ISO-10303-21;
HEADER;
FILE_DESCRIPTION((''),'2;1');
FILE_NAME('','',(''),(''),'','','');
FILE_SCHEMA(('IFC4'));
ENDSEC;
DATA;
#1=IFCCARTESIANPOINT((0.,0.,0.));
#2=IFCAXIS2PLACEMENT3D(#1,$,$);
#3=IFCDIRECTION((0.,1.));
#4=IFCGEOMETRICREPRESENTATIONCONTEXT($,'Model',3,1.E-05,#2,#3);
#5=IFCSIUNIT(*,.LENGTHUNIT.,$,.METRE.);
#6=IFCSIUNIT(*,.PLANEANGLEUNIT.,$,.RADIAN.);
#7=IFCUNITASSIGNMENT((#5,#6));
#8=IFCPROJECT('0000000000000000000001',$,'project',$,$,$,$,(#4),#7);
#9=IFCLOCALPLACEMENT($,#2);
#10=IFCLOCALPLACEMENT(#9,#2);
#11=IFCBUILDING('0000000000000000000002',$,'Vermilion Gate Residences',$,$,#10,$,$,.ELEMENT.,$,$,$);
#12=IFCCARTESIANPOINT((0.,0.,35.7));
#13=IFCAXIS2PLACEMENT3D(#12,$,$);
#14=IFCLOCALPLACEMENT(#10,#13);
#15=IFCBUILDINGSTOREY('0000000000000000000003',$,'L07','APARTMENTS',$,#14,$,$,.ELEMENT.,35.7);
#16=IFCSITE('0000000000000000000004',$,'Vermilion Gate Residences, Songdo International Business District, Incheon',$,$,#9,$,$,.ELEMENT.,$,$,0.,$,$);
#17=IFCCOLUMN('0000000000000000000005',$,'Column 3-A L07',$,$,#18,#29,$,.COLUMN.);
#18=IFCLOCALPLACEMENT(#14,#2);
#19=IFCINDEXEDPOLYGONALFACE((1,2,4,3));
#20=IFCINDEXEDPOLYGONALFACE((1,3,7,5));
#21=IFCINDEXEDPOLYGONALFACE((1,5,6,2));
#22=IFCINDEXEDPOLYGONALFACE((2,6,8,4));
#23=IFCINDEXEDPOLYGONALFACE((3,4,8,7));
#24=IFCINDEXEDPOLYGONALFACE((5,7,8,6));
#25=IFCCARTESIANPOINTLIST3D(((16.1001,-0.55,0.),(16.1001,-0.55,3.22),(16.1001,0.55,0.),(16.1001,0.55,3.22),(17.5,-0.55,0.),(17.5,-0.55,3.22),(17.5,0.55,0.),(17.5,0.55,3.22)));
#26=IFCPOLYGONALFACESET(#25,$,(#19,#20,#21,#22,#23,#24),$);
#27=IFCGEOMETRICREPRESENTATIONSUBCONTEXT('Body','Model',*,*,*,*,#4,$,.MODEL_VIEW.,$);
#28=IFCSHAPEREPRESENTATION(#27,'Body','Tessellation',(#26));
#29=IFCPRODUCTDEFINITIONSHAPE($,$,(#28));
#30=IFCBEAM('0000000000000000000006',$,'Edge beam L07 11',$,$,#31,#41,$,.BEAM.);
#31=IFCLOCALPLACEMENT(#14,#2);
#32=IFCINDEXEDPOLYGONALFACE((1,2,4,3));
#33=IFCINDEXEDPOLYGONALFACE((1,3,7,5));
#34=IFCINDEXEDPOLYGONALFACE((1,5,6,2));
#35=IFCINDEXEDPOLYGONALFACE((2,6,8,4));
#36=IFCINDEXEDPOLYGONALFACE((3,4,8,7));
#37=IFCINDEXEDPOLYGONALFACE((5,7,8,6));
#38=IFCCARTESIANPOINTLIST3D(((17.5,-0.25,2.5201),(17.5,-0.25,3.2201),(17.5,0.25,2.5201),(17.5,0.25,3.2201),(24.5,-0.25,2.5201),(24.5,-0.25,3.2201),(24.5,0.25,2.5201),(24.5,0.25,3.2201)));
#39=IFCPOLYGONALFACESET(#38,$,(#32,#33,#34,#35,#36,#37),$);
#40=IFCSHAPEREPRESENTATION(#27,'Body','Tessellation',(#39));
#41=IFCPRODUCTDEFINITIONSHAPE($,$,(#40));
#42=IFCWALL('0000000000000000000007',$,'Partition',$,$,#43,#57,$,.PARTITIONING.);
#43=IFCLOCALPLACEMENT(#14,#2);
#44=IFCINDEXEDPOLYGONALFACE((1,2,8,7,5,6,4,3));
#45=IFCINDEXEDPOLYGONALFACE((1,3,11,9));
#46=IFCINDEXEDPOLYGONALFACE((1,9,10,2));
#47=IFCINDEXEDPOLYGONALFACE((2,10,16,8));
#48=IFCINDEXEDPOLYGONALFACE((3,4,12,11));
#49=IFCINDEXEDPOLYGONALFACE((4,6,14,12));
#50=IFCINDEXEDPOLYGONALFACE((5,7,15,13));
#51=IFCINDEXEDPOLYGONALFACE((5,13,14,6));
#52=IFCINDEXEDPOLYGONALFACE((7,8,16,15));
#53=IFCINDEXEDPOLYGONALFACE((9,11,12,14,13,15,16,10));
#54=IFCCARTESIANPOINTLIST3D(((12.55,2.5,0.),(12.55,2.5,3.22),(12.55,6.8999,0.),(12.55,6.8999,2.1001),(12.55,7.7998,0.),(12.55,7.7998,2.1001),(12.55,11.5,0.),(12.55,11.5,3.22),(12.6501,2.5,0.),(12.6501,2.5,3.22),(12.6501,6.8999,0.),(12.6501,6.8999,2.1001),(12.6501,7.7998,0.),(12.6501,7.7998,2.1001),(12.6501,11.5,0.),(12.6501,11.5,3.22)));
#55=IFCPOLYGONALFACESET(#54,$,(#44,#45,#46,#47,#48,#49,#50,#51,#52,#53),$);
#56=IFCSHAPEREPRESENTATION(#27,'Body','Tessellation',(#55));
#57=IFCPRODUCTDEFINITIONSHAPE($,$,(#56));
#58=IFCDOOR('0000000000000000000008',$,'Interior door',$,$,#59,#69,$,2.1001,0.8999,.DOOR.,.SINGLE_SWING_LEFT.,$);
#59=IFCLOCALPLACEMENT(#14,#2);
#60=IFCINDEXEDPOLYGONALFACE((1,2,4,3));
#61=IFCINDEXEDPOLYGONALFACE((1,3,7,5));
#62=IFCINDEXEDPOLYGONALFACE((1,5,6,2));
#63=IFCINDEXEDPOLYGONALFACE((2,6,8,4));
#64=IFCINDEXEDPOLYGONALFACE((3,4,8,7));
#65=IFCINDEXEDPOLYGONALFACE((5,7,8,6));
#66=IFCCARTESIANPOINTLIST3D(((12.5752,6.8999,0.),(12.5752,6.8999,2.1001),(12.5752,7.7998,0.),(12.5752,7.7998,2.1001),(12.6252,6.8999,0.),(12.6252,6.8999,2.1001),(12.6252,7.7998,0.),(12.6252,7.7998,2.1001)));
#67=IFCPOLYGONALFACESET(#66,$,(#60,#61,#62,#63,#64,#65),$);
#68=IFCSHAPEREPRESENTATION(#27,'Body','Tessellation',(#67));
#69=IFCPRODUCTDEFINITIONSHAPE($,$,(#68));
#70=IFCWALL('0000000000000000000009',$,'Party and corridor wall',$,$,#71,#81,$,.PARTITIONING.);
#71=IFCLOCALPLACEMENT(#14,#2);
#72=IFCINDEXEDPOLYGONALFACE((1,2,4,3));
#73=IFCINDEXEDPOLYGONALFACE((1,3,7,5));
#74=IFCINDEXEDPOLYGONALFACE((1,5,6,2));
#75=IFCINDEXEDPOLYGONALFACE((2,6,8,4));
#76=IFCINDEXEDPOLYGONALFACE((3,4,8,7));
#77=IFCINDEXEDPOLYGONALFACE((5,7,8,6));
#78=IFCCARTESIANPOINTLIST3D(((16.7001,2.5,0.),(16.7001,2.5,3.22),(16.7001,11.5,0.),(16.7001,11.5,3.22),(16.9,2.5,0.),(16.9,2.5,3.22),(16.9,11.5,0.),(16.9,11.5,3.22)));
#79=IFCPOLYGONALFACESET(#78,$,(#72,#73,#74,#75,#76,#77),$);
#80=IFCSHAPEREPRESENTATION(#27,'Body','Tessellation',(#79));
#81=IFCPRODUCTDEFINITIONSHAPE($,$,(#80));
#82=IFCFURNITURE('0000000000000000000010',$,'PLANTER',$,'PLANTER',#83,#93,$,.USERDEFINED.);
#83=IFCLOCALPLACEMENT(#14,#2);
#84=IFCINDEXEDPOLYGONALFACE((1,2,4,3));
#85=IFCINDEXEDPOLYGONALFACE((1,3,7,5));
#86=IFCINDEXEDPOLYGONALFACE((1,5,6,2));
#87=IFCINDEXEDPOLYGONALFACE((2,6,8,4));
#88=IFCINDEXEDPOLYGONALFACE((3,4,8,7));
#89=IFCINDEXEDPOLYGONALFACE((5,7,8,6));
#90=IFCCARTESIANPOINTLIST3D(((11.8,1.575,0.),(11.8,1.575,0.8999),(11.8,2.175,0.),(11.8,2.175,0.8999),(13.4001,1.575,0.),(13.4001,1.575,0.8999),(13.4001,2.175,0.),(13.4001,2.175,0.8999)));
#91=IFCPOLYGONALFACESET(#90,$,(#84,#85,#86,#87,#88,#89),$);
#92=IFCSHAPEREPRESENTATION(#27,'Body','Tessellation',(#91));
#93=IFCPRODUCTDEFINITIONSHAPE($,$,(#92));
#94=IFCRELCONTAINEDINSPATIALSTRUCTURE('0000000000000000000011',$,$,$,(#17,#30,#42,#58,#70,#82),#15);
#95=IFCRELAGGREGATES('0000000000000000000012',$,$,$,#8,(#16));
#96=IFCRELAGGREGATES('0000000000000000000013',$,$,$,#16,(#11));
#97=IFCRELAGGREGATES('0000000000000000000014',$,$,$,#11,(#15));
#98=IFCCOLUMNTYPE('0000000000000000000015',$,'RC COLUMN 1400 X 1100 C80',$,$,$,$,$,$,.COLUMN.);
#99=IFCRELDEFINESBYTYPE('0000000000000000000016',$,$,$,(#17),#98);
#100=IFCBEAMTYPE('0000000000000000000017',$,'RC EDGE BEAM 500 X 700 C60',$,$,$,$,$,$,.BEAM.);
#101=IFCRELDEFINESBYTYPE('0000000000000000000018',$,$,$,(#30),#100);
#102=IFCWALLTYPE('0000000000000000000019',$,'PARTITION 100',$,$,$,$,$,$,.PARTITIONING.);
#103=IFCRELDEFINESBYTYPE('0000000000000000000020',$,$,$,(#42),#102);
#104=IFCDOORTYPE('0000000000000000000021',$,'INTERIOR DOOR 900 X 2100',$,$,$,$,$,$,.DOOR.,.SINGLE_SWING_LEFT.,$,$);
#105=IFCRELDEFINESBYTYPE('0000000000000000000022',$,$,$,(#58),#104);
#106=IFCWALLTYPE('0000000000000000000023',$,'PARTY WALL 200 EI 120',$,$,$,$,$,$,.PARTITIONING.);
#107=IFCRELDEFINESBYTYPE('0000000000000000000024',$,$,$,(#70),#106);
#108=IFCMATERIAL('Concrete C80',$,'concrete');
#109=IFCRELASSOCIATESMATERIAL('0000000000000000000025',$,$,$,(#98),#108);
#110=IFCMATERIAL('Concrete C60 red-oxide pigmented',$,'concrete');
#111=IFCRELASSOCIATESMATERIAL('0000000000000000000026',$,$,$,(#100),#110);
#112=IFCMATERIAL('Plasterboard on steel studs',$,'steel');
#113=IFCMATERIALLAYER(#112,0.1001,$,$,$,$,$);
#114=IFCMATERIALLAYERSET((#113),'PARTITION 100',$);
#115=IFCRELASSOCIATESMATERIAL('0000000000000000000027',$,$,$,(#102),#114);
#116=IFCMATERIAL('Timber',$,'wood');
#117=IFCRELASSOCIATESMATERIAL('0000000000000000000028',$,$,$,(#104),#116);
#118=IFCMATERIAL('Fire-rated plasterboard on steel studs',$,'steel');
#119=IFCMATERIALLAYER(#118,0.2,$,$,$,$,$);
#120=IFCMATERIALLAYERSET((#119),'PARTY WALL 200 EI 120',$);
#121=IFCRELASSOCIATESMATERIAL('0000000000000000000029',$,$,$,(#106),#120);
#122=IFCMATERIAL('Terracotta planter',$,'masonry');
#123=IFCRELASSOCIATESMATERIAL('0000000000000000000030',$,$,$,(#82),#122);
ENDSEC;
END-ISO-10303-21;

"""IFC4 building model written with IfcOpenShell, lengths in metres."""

from ifc_helpers import new_model, si_unit, direction, frame, frame_2d, origin, origin_2d, place, context, subcontext, project, spatial, rectangle, extrude, material, layer, layer_set, material_profile, profile_set, type_object, element, fill, save


model = new_model("IFC4")

# Units and contexts
model_context = context("Model", 3, precision=1e-05, world=origin(), true_north=direction((0.0, 1.0)))
body_context = subcontext(model_context, "Body", "Model", "MODEL_VIEW")
ifc_project = project(units=[si_unit("LENGTHUNIT", "METRE"), si_unit("PLANEANGLEUNIT", "RADIAN")], contexts=[model_context])

# Site, building, storey
site_placement = place(None, origin())
site = spatial("IfcSite", under=ifc_project, at=site_placement, Name="Vermilion Gate Residences, Songdo International Business District, Incheon", CompositionType="ELEMENT", RefElevation=0.0)
building_placement = place(site_placement, origin())
building = spatial("IfcBuilding", under=site, at=building_placement, Name="Vermilion Gate Residences", CompositionType="ELEMENT")
storey_placement = place(building_placement, frame((0.0, 0.0, 35.7)))
storey = spatial("IfcBuildingStorey", under=building, at=storey_placement, Name="L07", Description="APARTMENTS", CompositionType="ELEMENT", Elevation=35.7)

# Column
ifc_material_1 = material(Name="Concrete C80", Category="concrete")
ifc_material_profile_1 = material_profile(ifc_material_1, rectangle(XDim=1.3999, YDim=1.1001, at=origin_2d()), Name="RC-1400x1100")
ifc_profile_set_1 = profile_set([ifc_material_profile_1], Name="Concrete C80")
column_type = type_object("IfcColumnType", Name="RC COLUMN 1400 X 1100 C80", PredefinedType="COLUMN", material=ifc_profile_set_1)
column_placement = place(storey_placement, frame((16.8, 0.0, 0.0), z_axis=(0.0, 0.0, 1.0), x_axis=(1.0, 0.0, 0.0)))
element("IfcColumn", 1, at=column_placement, inside=storey, type_object=column_type, Name="Column 3-A L07", PredefinedType="COLUMN", context=body_context, shape_type="SweptSolid", body=[
    extrude(rectangle(XDim=1.3999, YDim=1.1001, at=origin_2d()), origin(), (0.0, 0.0, 1.0), 3.22),
])

# Beam
ifc_material_2 = material(Name="Concrete C60 red-oxide pigmented", Category="concrete")
ifc_material_profile_2 = material_profile(ifc_material_2, rectangle(XDim=0.5, YDim=0.7, at=origin_2d()), Name="RC-500x700")
ifc_profile_set_2 = profile_set([ifc_material_profile_2], Name="Concrete C60 red-oxide pigmented")
beam_type = type_object("IfcBeamType", Name="RC EDGE BEAM 500 X 700 C60", PredefinedType="BEAM", material=ifc_profile_set_2)
beam_placement = place(storey_placement, frame((17.5, 0.0, 2.8701), z_axis=(1.0, 0.0, 0.0), x_axis=(0.0, 1.0, 0.0)))
element("IfcBeam", 2, at=beam_placement, inside=storey, type_object=beam_type, Name="Edge beam L07 11", PredefinedType="BEAM", context=body_context, shape_type="SweptSolid", body=[
    extrude(rectangle(XDim=0.5, YDim=0.7, at=origin_2d()), origin(), (0.0, 0.0, 1.0), 7.0),
])

# Wall, opening, door
ifc_material_3 = material(Name="Plasterboard on steel studs", Category="steel")
ifc_layer_1 = layer(ifc_material_3, 0.1001)
ifc_layer_set_1 = layer_set([ifc_layer_1], Name="PARTITION 100")
wall_type_1 = type_object("IfcWallType", Name="PARTITION 100", PredefinedType="PARTITIONING", material=ifc_layer_set_1)
wall_1_placement = place(storey_placement, frame((12.6001, 2.5, 0.0), z_axis=(0.0, 0.0, 1.0), x_axis=(0.0, 1.0, 0.0)))
wall_1 = element("IfcWall", 3, at=wall_1_placement, inside=storey, type_object=wall_type_1, Name="Partition", PredefinedType="PARTITIONING", context=body_context, shape_type="SweptSolid", body=[
    extrude(rectangle(XDim=9.0, YDim=0.1001, at=frame_2d((4.5, 0.0))), origin(), (0.0, 0.0, 1.0), 3.22),
])
opening_placement = place(wall_1_placement, frame((4.3999, 0.0, 0.0)))
opening = element("IfcOpeningElement", 4, at=opening_placement, cuts=wall_1, PredefinedType="OPENING", context=body_context, shape_type="SweptSolid", body=[
    extrude(rectangle(XDim=0.8999, YDim=2.1001, at=frame_2d((0.45, 1.05))), frame((0.0, 0.0601, 0.0), z_axis=(0.0, -1.0, 0.0), x_axis=(1.0, 0.0, 0.0)), (0.0, 0.0, 1.0), 0.1201),
])
ifc_material_4 = material(Name="Timber", Category="wood")
door_type = type_object("IfcDoorType", Name="INTERIOR DOOR 900 X 2100", OperationType="SINGLE_SWING_LEFT", PredefinedType="DOOR", material=ifc_material_4)
door_placement = place(opening_placement, origin())
door = element("IfcDoor", 5, at=door_placement, inside=storey, type_object=door_type, Name="Interior door", OperationType="SINGLE_SWING_LEFT", OverallHeight=2.1001, OverallWidth=0.8999, PredefinedType="DOOR", context=body_context, shape_type="SweptSolid", body=[
    extrude(rectangle(XDim=0.8999, YDim=2.1001, at=frame_2d((0.45, 1.05))), frame((0.0, 0.0249, 0.0), z_axis=(0.0, -1.0, 0.0), x_axis=(1.0, 0.0, 0.0)), (0.0, 0.0, 1.0), 0.05),
])
fill(opening, door)

# Wall
ifc_material_5 = material(Name="Fire-rated plasterboard on steel studs", Category="steel")
ifc_layer_2 = layer(ifc_material_5, 0.2)
ifc_layer_set_2 = layer_set([ifc_layer_2], Name="PARTY WALL 200 EI 120")
wall_type_2 = type_object("IfcWallType", Name="PARTY WALL 200 EI 120", PredefinedType="PARTITIONING", material=ifc_layer_set_2)
wall_2_placement = place(storey_placement, frame((16.8, 2.5, 0.0), z_axis=(0.0, 0.0, 1.0), x_axis=(0.0, 1.0, 0.0)))
element("IfcWall", 6, at=wall_2_placement, inside=storey, type_object=wall_type_2, Name="Party and corridor wall", PredefinedType="PARTITIONING", context=body_context, shape_type="SweptSolid", body=[
    extrude(rectangle(XDim=9.0, YDim=0.2, at=frame_2d((4.5, 0.0))), origin(), (0.0, 0.0, 1.0), 3.22),
])

# Furniture
ifc_material_6 = material(Name="Terracotta planter", Category="masonry")
furniture_placement = place(storey_placement, frame((12.6001, 1.875, 0.0), z_axis=(0.0, 0.0, 1.0), x_axis=(1.0, 0.0, 0.0)))
element("IfcFurniture", 7, at=furniture_placement, inside=storey, material=ifc_material_6, Name="PLANTER", ObjectType="PLANTER", PredefinedType="USERDEFINED", context=body_context, shape_type="SweptSolid", body=[
    extrude(rectangle(XDim=1.6001, YDim=0.6001, at=origin_2d()), origin(), (0.0, 0.0, 1.0), 0.8999),
])

save(model, "model.ifc")
